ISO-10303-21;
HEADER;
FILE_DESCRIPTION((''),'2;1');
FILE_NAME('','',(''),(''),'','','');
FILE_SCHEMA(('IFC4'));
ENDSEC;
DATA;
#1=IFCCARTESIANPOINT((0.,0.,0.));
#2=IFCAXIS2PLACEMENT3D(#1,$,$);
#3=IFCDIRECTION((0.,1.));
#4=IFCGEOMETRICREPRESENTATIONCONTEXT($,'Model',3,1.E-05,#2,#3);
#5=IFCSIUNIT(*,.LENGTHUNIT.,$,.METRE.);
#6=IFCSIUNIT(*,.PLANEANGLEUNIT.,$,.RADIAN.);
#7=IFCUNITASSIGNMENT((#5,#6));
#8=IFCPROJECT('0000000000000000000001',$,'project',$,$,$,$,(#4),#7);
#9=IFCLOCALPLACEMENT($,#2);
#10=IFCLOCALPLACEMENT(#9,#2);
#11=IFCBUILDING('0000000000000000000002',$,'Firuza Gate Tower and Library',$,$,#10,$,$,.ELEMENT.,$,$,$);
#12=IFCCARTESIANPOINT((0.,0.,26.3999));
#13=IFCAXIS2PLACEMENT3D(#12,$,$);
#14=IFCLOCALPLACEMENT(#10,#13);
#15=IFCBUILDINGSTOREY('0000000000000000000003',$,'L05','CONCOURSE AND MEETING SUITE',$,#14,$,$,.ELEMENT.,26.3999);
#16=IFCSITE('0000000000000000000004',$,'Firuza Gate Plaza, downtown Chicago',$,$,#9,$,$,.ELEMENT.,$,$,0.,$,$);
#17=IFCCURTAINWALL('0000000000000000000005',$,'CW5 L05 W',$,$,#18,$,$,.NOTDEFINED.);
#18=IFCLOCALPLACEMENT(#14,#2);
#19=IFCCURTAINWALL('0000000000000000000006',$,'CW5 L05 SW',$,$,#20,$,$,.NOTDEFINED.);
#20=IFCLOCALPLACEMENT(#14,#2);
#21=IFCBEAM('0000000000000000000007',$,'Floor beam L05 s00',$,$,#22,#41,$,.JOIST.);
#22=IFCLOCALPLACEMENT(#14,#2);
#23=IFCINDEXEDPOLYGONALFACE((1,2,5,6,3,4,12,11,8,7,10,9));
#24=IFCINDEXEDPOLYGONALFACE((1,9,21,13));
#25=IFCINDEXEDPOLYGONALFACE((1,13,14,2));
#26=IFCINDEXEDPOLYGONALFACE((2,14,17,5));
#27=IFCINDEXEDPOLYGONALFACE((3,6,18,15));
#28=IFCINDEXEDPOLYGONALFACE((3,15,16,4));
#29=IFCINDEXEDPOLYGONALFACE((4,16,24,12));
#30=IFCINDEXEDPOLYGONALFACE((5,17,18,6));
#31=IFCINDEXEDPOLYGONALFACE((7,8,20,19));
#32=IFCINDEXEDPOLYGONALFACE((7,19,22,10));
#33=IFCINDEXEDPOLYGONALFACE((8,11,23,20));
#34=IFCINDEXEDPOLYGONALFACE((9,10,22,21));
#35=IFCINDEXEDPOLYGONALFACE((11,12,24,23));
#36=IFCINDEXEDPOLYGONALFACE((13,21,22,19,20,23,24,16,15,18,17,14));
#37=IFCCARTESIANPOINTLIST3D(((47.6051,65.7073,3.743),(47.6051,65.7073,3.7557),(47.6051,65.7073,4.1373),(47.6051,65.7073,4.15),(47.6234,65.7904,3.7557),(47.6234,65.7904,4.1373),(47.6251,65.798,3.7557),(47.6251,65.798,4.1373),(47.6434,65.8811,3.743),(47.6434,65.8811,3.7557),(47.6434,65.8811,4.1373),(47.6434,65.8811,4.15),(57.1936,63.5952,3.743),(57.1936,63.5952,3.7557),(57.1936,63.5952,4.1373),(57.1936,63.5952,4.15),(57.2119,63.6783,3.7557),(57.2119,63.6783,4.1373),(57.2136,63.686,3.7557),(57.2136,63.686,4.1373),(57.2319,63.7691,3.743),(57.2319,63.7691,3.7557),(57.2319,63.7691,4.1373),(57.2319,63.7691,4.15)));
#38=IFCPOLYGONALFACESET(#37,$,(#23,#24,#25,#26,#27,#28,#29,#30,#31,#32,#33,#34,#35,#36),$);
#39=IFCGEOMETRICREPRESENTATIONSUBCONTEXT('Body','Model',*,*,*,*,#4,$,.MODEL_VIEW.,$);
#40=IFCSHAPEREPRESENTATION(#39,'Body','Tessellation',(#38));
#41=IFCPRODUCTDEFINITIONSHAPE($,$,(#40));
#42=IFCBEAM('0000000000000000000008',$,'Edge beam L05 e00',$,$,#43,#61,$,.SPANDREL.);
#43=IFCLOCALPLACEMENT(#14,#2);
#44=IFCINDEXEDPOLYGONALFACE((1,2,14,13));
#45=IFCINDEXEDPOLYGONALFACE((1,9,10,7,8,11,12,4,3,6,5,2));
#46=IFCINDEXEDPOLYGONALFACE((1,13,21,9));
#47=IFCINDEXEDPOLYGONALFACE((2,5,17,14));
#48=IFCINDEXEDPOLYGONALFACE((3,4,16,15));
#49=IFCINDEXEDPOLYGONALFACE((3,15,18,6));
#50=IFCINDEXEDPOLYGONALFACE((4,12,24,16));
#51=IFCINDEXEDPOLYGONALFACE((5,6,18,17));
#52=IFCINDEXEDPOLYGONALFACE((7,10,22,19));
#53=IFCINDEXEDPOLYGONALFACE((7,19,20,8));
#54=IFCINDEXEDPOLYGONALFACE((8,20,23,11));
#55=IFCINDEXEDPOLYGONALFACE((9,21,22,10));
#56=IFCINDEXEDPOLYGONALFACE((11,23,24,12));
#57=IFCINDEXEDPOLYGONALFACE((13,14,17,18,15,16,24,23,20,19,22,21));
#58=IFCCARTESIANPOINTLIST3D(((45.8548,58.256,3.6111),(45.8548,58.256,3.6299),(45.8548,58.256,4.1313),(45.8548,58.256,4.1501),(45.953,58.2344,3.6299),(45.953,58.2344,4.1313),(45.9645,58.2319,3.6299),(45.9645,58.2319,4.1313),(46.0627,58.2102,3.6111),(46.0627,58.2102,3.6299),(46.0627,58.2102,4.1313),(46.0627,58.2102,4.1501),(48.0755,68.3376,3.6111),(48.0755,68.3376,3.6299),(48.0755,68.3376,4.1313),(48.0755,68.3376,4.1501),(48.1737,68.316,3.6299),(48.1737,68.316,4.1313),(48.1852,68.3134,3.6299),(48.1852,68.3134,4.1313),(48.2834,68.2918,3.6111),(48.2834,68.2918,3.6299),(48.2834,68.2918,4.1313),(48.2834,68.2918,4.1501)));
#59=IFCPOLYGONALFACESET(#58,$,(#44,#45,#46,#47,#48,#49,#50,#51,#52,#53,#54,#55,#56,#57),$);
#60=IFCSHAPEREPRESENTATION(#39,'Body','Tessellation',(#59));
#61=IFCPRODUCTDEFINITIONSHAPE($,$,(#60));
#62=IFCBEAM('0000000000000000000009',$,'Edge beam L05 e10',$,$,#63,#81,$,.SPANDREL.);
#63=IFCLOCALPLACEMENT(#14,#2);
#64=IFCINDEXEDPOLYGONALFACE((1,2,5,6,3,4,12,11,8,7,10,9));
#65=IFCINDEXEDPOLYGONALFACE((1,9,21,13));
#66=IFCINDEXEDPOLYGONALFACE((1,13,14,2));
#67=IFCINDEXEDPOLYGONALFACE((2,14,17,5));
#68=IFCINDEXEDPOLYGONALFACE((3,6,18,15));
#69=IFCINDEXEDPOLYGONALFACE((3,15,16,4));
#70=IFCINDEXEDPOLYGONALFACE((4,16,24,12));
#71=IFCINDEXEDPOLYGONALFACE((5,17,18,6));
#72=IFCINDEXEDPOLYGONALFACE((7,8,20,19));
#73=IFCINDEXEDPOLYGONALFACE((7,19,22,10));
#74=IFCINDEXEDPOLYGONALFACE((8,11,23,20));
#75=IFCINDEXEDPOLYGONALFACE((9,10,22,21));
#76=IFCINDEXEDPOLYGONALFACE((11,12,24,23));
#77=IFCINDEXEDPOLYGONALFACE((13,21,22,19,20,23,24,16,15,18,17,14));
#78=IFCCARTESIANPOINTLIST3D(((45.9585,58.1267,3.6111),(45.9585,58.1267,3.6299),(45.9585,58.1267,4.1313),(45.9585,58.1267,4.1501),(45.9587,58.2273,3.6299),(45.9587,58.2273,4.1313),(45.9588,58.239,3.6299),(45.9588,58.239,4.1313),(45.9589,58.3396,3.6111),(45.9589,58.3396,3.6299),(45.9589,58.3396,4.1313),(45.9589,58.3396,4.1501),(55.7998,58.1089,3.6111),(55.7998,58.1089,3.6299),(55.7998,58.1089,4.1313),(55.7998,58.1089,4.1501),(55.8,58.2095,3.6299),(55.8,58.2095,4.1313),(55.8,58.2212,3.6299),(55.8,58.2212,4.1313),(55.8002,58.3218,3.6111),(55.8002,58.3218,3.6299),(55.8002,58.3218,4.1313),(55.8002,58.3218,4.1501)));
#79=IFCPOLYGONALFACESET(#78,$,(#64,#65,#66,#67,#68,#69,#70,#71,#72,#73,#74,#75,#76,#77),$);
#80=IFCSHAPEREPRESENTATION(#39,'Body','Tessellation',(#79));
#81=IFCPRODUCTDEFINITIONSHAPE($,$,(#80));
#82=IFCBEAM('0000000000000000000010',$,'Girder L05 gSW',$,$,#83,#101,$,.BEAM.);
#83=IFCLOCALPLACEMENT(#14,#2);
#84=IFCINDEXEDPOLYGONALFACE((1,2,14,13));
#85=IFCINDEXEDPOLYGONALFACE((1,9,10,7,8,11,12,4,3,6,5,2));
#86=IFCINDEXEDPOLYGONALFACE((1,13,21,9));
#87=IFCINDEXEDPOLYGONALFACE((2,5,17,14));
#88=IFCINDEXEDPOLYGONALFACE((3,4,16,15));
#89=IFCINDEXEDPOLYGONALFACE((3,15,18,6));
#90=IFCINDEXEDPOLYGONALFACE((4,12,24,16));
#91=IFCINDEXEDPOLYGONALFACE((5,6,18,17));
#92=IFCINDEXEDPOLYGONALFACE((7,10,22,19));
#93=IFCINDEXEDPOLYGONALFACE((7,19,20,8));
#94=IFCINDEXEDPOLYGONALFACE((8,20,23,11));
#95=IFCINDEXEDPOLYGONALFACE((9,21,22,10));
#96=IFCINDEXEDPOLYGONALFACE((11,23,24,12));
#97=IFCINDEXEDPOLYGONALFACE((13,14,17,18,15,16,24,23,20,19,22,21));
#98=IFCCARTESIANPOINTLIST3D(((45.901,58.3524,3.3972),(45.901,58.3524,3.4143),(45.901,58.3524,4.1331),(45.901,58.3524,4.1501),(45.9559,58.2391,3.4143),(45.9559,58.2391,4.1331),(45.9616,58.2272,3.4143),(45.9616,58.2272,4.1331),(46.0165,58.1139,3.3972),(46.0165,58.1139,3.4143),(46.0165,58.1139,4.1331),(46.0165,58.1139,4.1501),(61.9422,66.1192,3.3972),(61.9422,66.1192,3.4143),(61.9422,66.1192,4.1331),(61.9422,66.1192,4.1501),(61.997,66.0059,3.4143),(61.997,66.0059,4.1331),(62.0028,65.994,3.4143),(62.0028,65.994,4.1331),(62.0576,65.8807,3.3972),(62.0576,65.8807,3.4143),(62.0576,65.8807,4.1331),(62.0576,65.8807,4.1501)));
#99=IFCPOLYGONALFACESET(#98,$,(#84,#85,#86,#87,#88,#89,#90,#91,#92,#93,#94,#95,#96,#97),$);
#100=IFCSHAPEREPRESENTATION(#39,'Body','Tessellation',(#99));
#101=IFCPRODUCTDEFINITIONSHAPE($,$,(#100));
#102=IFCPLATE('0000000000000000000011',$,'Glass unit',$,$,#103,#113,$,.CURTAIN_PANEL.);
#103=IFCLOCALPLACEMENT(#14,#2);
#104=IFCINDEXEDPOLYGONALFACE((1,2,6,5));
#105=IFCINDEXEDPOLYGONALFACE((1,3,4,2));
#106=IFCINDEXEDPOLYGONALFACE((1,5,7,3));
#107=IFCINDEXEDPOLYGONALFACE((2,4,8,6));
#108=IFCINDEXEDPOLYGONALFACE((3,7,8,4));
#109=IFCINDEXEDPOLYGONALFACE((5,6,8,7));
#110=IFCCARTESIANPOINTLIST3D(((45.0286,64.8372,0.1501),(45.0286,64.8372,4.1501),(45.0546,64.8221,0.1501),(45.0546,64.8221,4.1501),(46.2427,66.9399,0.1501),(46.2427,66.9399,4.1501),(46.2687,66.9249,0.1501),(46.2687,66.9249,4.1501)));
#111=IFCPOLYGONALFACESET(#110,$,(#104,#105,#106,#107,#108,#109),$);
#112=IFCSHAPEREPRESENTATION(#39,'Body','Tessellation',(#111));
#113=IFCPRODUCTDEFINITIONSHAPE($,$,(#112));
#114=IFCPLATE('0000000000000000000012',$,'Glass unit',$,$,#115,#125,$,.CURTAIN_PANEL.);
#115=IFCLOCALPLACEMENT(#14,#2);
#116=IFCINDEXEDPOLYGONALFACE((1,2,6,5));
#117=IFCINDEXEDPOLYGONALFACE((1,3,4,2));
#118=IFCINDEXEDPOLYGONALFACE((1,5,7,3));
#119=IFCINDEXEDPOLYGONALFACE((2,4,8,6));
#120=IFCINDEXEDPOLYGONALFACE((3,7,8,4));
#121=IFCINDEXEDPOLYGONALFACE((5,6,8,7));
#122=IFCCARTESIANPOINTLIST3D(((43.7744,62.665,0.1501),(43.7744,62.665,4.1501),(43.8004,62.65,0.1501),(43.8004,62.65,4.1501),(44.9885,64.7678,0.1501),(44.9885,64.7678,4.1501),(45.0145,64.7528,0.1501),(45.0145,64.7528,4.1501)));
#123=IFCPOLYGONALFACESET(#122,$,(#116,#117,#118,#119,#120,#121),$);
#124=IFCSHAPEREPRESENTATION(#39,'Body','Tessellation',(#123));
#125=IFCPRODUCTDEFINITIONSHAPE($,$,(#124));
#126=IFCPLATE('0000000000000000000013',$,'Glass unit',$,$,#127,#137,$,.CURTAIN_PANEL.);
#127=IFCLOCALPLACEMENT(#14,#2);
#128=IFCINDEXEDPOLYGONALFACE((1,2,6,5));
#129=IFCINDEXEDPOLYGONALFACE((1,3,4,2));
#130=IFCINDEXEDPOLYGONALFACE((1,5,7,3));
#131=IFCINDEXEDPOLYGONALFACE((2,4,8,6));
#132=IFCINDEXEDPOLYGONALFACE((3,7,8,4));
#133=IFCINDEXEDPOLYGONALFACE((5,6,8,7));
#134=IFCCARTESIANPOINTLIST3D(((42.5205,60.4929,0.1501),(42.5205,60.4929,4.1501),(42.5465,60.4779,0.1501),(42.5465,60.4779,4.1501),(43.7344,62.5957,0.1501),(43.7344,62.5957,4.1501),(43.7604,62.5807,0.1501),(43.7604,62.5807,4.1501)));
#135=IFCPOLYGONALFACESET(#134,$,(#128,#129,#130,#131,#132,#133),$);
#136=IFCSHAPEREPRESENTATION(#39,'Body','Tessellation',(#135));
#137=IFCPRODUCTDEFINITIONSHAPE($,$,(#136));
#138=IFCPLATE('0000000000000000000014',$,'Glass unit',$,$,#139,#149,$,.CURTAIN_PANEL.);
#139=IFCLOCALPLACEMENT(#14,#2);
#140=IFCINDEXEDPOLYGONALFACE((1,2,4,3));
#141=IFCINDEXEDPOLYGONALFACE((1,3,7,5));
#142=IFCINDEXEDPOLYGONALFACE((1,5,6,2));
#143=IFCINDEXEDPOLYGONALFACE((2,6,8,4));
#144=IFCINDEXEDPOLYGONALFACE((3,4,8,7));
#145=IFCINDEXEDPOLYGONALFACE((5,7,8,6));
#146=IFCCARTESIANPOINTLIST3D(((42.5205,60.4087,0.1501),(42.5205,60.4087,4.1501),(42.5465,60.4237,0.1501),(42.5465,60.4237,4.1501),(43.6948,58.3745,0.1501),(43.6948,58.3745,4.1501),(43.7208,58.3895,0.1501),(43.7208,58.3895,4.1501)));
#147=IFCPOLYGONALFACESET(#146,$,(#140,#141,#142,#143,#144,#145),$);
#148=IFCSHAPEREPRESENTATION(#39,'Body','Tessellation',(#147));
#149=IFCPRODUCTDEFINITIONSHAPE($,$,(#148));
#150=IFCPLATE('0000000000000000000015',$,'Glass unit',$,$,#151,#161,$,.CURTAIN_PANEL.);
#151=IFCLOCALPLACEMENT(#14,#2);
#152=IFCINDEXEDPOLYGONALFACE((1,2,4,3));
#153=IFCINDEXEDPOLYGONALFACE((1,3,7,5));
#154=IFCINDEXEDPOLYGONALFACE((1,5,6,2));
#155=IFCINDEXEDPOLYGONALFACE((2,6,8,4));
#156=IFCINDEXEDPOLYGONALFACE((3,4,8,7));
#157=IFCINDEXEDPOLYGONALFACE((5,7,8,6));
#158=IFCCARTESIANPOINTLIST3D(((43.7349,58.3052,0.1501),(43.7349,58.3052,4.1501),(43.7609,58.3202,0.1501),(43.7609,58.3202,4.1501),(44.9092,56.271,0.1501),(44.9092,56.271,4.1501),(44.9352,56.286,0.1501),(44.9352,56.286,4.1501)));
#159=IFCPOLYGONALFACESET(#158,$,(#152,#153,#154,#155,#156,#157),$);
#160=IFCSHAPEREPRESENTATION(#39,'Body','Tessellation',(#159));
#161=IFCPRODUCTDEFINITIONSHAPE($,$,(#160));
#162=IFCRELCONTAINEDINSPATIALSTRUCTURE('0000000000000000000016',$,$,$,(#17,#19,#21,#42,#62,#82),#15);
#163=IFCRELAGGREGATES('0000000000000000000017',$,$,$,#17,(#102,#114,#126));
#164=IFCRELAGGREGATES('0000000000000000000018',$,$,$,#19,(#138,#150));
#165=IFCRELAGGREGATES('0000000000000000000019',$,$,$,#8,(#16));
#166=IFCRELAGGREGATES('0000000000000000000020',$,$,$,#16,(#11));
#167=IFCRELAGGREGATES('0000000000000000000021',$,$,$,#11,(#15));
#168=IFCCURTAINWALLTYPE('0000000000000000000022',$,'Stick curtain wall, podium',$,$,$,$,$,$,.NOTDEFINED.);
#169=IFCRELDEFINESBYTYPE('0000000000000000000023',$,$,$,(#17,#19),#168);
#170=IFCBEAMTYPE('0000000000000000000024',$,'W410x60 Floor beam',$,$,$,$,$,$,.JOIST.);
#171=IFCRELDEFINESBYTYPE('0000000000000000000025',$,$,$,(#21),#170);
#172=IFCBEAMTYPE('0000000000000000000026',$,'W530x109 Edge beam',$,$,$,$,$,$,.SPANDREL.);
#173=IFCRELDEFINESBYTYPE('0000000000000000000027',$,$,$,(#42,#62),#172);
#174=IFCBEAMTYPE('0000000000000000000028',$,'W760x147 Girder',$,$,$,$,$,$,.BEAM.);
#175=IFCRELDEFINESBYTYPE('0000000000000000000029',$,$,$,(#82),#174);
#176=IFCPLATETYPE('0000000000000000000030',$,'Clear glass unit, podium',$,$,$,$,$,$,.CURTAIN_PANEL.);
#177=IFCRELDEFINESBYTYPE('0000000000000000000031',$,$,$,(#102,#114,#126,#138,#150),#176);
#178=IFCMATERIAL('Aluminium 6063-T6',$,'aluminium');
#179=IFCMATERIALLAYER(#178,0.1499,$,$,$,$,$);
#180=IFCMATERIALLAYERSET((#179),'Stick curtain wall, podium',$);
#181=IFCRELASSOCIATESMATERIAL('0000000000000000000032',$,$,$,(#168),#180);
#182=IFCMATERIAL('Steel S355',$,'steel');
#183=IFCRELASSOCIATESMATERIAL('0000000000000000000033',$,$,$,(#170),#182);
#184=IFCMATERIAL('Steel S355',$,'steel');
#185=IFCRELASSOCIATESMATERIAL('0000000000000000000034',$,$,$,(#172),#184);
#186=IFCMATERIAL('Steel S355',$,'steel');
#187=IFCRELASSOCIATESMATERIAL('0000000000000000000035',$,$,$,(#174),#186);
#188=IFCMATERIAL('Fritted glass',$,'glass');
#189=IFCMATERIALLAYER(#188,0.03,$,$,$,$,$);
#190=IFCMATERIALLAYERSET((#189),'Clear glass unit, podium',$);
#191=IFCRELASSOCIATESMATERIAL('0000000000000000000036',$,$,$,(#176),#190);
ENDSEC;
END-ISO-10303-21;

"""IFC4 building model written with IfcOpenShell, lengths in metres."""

from ifc_helpers import new_model, si_unit, direction, frame, origin, origin_2d, place, context, subcontext, project, spatial, polyline, i_section, outline, extrude, material, layer, layer_set, material_profile, profile_set, type_object, element, aggregate, save


model = new_model("IFC4")

# Units and contexts
model_context = context("Model", 3, precision=1e-05, world=origin(), true_north=direction((0.0, 1.0)))
body_context = subcontext(model_context, "Body", "Model", "MODEL_VIEW")
ifc_project = project(units=[si_unit("LENGTHUNIT", "METRE"), si_unit("PLANEANGLEUNIT", "RADIAN")], contexts=[model_context])

# Site, building, storey
site_placement = place(None, origin())
site = spatial("IfcSite", under=ifc_project, at=site_placement, Name="Firuza Gate Plaza, downtown Chicago", CompositionType="ELEMENT", RefElevation=0.0)
building_placement = place(site_placement, origin())
building = spatial("IfcBuilding", under=site, at=building_placement, Name="Firuza Gate Tower and Library", CompositionType="ELEMENT")
storey_placement = place(building_placement, frame((0.0, 0.0, 26.3999)))
storey = spatial("IfcBuildingStorey", under=building, at=storey_placement, Name="L05", Description="CONCOURSE AND MEETING SUITE", CompositionType="ELEMENT", Elevation=26.3999)

# Curtain walls
ifc_material_1 = material(Name="Aluminium 6063-T6", Category="aluminium")
ifc_layer_1 = layer(ifc_material_1, 0.1499)
ifc_layer_set_1 = layer_set([ifc_layer_1], Name="Stick curtain wall, podium")
curtain_wall_type = type_object("IfcCurtainWallType", Name="Stick curtain wall, podium", PredefinedType="NOTDEFINED", material=ifc_layer_set_1)
placement = place(storey_placement, origin())
curtain_wall_1 = element("IfcCurtainWall", 1, at=placement, inside=storey, type_object=curtain_wall_type, Name="CW5 L05 W", PredefinedType="NOTDEFINED")
curtain_wall_2 = element("IfcCurtainWall", 2, at=placement, inside=storey, type_object=curtain_wall_type, Name="CW5 L05 SW", PredefinedType="NOTDEFINED")

# Beams
ifc_material_2 = material(Name="Steel S355", Category="steel")
ifc_material_profile_1 = material_profile(ifc_material_2, i_section(OverallWidth=0.178, OverallDepth=0.407, WebThickness=0.0078, FlangeThickness=0.0127, at=origin_2d()))
ifc_profile_set_1 = profile_set([ifc_material_profile_1], Name="Steel S355")
beam_type_1 = type_object("IfcBeamType", Name="W410x60 Floor beam", PredefinedType="JOIST", material=ifc_profile_set_1)
beam_1_placement = place(storey_placement, frame((47.6243, 65.7942, 3.9465), z_axis=(0.97659, -0.215111, 0.0), x_axis=(0.215111, 0.97659, 0.0)))
element("IfcBeam", 3, at=beam_1_placement, inside=storey, type_object=beam_type_1, Name="Floor beam L05 s00", PredefinedType="JOIST", context=body_context, shape_type="SweptSolid", body=[
    extrude(i_section(OverallWidth=0.178, OverallDepth=0.407, WebThickness=0.0078, FlangeThickness=0.0127, at=origin_2d()), origin(), (0.0, 0.0, 1.0), 9.8184),
])
ifc_material_3 = material(Name="Steel S355", Category="steel")
ifc_material_profile_2 = material_profile(ifc_material_3, i_section(OverallWidth=0.2129, OverallDepth=0.5391, WebThickness=0.0117, FlangeThickness=0.0188, at=origin_2d()))
ifc_profile_set_2 = profile_set([ifc_material_profile_2], Name="Steel S355")
beam_type_2 = type_object("IfcBeamType", Name="W530x109 Edge beam", PredefinedType="SPANDREL", material=ifc_profile_set_2)
beam_2_placement = place(storey_placement, frame((48.1794, 68.3147, 3.8806), z_axis=(-0.215117, -0.976588, 0.0), x_axis=(0.976588, -0.215117, 0.0)))
element("IfcBeam", 4, at=beam_2_placement, inside=storey, type_object=beam_type_2, Name="Edge beam L05 e00", PredefinedType="SPANDREL", context=body_context, shape_type="SweptSolid", body=[
    extrude(i_section(OverallWidth=0.2129, OverallDepth=0.5391, WebThickness=0.0117, FlangeThickness=0.0188, at=origin_2d()), origin(), (0.0, 0.0, 1.0), 10.3232),
])
beam_3_placement = place(storey_placement, frame((45.9587, 58.2332, 3.8806), z_axis=(0.999998, -0.001811, 0.0), x_axis=(0.001811, 0.999998, 0.0)))
element("IfcBeam", 5, at=beam_3_placement, inside=storey, type_object=beam_type_2, Name="Edge beam L05 e10", PredefinedType="SPANDREL", context=body_context, shape_type="SweptSolid", body=[
    extrude(i_section(OverallWidth=0.2129, OverallDepth=0.5391, WebThickness=0.0117, FlangeThickness=0.0188, at=origin_2d()), origin(), (0.0, 0.0, 1.0), 9.8413),
])
ifc_material_4 = material(Name="Steel S355", Category="steel")
ifc_material_profile_3 = material_profile(ifc_material_4, i_section(OverallWidth=0.2649, OverallDepth=0.7529, WebThickness=0.0132, FlangeThickness=0.0171, at=origin_2d()))
ifc_profile_set_3 = profile_set([ifc_material_profile_3], Name="Steel S355")
beam_type_3 = type_object("IfcBeamType", Name="W760x147 Girder", PredefinedType="BEAM", material=ifc_profile_set_3)
beam_4_placement = place(storey_placement, frame((45.9587, 58.2332, 3.7737), z_axis=(0.90005, 0.435786, 0.0), x_axis=(-0.435786, 0.90005, 0.0)))
element("IfcBeam", 6, at=beam_4_placement, inside=storey, type_object=beam_type_3, Name="Girder L05 gSW", PredefinedType="BEAM", context=body_context, shape_type="SweptSolid", body=[
    extrude(i_section(OverallWidth=0.2649, OverallDepth=0.7529, WebThickness=0.0132, FlangeThickness=0.0171, at=origin_2d()), origin(), (0.0, 0.0, 1.0), 17.8225),
])

# Plates
ifc_material_5 = material(Name="Fritted glass", Category="glass")
ifc_layer_2 = layer(ifc_material_5, 0.03)
ifc_layer_set_2 = layer_set([ifc_layer_2], Name="Clear glass unit, podium")
plate_type = type_object("IfcPlateType", Name="Clear glass unit, podium", PredefinedType="CURTAIN_PANEL", material=ifc_layer_set_2)
plate_1_placement = place(storey_placement, frame((46.2427, 66.9399, 0.1501), z_axis=(-0.866013, 0.500021, 0.0), x_axis=(-0.500021, -0.866013, 0.0)))
plate_1 = element("IfcPlate", 7, at=plate_1_placement, type_object=plate_type, Name="Glass unit", PredefinedType="CURTAIN_PANEL", context=body_context, shape_type="SweptSolid", body=[
    extrude(outline(polyline([(0.0, 0.0), (2.4281, 0.0), (2.4281, 4.0), (0.0, 4.0), (0.0, 0.0)])), origin(), (0.0, 0.0, -1.0), 0.03),
])
plate_2_placement = place(storey_placement, frame((44.9885, 64.7678, 0.1501), z_axis=(-0.866013, 0.500021, 0.0), x_axis=(-0.500021, -0.866013, 0.0)))
plate_2 = element("IfcPlate", 8, at=plate_2_placement, type_object=plate_type, Name="Glass unit", PredefinedType="CURTAIN_PANEL", context=body_context, shape_type="SweptSolid", body=[
    extrude(outline(polyline([(0.0, 0.0), (2.4281, 0.0), (2.4281, 4.0), (0.0, 4.0), (0.0, 0.0)])), origin(), (0.0, 0.0, -1.0), 0.03),
])
plate_3_placement = place(storey_placement, frame((43.7344, 62.5957, 0.1501), z_axis=(-0.866057, 0.499946, 0.0), x_axis=(-0.499946, -0.866057, 0.0)))
plate_3 = element("IfcPlate", 9, at=plate_3_placement, type_object=plate_type, Name="Glass unit", PredefinedType="CURTAIN_PANEL", context=body_context, shape_type="SweptSolid", body=[
    extrude(outline(polyline([(0.0, 0.0), (2.428, 0.0), (2.428, 4.0), (0.0, 4.0), (0.0, 0.0)])), origin(), (0.0, 0.0, -1.0), 0.03),
])
aggregate(curtain_wall_1, [plate_1, plate_2, plate_3])
plate_4_placement = place(storey_placement, frame((42.5205, 60.4087, 0.1501), z_axis=(-0.866047, -0.499962, 0.0), x_axis=(0.499962, -0.866047, 0.0)))
plate_4 = element("IfcPlate", 10, at=plate_4_placement, type_object=plate_type, Name="Glass unit", PredefinedType="CURTAIN_PANEL", context=body_context, shape_type="SweptSolid", body=[
    extrude(outline(polyline([(0.0, 0.0), (2.3488, 0.0), (2.3488, 4.0), (0.0, 4.0), (0.0, 0.0)])), origin(), (0.0, 0.0, -1.0), 0.03),
])
plate_5_placement = place(storey_placement, frame((43.7349, 58.3052, 0.1501), z_axis=(-0.866047, -0.499962, 0.0), x_axis=(0.499962, -0.866047, 0.0)))
plate_5 = element("IfcPlate", 11, at=plate_5_placement, type_object=plate_type, Name="Glass unit", PredefinedType="CURTAIN_PANEL", context=body_context, shape_type="SweptSolid", body=[
    extrude(outline(polyline([(0.0, 0.0), (2.3488, 0.0), (2.3488, 4.0), (0.0, 4.0), (0.0, 0.0)])), origin(), (0.0, 0.0, -1.0), 0.03),
])
aggregate(curtain_wall_2, [plate_4, plate_5])

save(model, "model.ifc")
